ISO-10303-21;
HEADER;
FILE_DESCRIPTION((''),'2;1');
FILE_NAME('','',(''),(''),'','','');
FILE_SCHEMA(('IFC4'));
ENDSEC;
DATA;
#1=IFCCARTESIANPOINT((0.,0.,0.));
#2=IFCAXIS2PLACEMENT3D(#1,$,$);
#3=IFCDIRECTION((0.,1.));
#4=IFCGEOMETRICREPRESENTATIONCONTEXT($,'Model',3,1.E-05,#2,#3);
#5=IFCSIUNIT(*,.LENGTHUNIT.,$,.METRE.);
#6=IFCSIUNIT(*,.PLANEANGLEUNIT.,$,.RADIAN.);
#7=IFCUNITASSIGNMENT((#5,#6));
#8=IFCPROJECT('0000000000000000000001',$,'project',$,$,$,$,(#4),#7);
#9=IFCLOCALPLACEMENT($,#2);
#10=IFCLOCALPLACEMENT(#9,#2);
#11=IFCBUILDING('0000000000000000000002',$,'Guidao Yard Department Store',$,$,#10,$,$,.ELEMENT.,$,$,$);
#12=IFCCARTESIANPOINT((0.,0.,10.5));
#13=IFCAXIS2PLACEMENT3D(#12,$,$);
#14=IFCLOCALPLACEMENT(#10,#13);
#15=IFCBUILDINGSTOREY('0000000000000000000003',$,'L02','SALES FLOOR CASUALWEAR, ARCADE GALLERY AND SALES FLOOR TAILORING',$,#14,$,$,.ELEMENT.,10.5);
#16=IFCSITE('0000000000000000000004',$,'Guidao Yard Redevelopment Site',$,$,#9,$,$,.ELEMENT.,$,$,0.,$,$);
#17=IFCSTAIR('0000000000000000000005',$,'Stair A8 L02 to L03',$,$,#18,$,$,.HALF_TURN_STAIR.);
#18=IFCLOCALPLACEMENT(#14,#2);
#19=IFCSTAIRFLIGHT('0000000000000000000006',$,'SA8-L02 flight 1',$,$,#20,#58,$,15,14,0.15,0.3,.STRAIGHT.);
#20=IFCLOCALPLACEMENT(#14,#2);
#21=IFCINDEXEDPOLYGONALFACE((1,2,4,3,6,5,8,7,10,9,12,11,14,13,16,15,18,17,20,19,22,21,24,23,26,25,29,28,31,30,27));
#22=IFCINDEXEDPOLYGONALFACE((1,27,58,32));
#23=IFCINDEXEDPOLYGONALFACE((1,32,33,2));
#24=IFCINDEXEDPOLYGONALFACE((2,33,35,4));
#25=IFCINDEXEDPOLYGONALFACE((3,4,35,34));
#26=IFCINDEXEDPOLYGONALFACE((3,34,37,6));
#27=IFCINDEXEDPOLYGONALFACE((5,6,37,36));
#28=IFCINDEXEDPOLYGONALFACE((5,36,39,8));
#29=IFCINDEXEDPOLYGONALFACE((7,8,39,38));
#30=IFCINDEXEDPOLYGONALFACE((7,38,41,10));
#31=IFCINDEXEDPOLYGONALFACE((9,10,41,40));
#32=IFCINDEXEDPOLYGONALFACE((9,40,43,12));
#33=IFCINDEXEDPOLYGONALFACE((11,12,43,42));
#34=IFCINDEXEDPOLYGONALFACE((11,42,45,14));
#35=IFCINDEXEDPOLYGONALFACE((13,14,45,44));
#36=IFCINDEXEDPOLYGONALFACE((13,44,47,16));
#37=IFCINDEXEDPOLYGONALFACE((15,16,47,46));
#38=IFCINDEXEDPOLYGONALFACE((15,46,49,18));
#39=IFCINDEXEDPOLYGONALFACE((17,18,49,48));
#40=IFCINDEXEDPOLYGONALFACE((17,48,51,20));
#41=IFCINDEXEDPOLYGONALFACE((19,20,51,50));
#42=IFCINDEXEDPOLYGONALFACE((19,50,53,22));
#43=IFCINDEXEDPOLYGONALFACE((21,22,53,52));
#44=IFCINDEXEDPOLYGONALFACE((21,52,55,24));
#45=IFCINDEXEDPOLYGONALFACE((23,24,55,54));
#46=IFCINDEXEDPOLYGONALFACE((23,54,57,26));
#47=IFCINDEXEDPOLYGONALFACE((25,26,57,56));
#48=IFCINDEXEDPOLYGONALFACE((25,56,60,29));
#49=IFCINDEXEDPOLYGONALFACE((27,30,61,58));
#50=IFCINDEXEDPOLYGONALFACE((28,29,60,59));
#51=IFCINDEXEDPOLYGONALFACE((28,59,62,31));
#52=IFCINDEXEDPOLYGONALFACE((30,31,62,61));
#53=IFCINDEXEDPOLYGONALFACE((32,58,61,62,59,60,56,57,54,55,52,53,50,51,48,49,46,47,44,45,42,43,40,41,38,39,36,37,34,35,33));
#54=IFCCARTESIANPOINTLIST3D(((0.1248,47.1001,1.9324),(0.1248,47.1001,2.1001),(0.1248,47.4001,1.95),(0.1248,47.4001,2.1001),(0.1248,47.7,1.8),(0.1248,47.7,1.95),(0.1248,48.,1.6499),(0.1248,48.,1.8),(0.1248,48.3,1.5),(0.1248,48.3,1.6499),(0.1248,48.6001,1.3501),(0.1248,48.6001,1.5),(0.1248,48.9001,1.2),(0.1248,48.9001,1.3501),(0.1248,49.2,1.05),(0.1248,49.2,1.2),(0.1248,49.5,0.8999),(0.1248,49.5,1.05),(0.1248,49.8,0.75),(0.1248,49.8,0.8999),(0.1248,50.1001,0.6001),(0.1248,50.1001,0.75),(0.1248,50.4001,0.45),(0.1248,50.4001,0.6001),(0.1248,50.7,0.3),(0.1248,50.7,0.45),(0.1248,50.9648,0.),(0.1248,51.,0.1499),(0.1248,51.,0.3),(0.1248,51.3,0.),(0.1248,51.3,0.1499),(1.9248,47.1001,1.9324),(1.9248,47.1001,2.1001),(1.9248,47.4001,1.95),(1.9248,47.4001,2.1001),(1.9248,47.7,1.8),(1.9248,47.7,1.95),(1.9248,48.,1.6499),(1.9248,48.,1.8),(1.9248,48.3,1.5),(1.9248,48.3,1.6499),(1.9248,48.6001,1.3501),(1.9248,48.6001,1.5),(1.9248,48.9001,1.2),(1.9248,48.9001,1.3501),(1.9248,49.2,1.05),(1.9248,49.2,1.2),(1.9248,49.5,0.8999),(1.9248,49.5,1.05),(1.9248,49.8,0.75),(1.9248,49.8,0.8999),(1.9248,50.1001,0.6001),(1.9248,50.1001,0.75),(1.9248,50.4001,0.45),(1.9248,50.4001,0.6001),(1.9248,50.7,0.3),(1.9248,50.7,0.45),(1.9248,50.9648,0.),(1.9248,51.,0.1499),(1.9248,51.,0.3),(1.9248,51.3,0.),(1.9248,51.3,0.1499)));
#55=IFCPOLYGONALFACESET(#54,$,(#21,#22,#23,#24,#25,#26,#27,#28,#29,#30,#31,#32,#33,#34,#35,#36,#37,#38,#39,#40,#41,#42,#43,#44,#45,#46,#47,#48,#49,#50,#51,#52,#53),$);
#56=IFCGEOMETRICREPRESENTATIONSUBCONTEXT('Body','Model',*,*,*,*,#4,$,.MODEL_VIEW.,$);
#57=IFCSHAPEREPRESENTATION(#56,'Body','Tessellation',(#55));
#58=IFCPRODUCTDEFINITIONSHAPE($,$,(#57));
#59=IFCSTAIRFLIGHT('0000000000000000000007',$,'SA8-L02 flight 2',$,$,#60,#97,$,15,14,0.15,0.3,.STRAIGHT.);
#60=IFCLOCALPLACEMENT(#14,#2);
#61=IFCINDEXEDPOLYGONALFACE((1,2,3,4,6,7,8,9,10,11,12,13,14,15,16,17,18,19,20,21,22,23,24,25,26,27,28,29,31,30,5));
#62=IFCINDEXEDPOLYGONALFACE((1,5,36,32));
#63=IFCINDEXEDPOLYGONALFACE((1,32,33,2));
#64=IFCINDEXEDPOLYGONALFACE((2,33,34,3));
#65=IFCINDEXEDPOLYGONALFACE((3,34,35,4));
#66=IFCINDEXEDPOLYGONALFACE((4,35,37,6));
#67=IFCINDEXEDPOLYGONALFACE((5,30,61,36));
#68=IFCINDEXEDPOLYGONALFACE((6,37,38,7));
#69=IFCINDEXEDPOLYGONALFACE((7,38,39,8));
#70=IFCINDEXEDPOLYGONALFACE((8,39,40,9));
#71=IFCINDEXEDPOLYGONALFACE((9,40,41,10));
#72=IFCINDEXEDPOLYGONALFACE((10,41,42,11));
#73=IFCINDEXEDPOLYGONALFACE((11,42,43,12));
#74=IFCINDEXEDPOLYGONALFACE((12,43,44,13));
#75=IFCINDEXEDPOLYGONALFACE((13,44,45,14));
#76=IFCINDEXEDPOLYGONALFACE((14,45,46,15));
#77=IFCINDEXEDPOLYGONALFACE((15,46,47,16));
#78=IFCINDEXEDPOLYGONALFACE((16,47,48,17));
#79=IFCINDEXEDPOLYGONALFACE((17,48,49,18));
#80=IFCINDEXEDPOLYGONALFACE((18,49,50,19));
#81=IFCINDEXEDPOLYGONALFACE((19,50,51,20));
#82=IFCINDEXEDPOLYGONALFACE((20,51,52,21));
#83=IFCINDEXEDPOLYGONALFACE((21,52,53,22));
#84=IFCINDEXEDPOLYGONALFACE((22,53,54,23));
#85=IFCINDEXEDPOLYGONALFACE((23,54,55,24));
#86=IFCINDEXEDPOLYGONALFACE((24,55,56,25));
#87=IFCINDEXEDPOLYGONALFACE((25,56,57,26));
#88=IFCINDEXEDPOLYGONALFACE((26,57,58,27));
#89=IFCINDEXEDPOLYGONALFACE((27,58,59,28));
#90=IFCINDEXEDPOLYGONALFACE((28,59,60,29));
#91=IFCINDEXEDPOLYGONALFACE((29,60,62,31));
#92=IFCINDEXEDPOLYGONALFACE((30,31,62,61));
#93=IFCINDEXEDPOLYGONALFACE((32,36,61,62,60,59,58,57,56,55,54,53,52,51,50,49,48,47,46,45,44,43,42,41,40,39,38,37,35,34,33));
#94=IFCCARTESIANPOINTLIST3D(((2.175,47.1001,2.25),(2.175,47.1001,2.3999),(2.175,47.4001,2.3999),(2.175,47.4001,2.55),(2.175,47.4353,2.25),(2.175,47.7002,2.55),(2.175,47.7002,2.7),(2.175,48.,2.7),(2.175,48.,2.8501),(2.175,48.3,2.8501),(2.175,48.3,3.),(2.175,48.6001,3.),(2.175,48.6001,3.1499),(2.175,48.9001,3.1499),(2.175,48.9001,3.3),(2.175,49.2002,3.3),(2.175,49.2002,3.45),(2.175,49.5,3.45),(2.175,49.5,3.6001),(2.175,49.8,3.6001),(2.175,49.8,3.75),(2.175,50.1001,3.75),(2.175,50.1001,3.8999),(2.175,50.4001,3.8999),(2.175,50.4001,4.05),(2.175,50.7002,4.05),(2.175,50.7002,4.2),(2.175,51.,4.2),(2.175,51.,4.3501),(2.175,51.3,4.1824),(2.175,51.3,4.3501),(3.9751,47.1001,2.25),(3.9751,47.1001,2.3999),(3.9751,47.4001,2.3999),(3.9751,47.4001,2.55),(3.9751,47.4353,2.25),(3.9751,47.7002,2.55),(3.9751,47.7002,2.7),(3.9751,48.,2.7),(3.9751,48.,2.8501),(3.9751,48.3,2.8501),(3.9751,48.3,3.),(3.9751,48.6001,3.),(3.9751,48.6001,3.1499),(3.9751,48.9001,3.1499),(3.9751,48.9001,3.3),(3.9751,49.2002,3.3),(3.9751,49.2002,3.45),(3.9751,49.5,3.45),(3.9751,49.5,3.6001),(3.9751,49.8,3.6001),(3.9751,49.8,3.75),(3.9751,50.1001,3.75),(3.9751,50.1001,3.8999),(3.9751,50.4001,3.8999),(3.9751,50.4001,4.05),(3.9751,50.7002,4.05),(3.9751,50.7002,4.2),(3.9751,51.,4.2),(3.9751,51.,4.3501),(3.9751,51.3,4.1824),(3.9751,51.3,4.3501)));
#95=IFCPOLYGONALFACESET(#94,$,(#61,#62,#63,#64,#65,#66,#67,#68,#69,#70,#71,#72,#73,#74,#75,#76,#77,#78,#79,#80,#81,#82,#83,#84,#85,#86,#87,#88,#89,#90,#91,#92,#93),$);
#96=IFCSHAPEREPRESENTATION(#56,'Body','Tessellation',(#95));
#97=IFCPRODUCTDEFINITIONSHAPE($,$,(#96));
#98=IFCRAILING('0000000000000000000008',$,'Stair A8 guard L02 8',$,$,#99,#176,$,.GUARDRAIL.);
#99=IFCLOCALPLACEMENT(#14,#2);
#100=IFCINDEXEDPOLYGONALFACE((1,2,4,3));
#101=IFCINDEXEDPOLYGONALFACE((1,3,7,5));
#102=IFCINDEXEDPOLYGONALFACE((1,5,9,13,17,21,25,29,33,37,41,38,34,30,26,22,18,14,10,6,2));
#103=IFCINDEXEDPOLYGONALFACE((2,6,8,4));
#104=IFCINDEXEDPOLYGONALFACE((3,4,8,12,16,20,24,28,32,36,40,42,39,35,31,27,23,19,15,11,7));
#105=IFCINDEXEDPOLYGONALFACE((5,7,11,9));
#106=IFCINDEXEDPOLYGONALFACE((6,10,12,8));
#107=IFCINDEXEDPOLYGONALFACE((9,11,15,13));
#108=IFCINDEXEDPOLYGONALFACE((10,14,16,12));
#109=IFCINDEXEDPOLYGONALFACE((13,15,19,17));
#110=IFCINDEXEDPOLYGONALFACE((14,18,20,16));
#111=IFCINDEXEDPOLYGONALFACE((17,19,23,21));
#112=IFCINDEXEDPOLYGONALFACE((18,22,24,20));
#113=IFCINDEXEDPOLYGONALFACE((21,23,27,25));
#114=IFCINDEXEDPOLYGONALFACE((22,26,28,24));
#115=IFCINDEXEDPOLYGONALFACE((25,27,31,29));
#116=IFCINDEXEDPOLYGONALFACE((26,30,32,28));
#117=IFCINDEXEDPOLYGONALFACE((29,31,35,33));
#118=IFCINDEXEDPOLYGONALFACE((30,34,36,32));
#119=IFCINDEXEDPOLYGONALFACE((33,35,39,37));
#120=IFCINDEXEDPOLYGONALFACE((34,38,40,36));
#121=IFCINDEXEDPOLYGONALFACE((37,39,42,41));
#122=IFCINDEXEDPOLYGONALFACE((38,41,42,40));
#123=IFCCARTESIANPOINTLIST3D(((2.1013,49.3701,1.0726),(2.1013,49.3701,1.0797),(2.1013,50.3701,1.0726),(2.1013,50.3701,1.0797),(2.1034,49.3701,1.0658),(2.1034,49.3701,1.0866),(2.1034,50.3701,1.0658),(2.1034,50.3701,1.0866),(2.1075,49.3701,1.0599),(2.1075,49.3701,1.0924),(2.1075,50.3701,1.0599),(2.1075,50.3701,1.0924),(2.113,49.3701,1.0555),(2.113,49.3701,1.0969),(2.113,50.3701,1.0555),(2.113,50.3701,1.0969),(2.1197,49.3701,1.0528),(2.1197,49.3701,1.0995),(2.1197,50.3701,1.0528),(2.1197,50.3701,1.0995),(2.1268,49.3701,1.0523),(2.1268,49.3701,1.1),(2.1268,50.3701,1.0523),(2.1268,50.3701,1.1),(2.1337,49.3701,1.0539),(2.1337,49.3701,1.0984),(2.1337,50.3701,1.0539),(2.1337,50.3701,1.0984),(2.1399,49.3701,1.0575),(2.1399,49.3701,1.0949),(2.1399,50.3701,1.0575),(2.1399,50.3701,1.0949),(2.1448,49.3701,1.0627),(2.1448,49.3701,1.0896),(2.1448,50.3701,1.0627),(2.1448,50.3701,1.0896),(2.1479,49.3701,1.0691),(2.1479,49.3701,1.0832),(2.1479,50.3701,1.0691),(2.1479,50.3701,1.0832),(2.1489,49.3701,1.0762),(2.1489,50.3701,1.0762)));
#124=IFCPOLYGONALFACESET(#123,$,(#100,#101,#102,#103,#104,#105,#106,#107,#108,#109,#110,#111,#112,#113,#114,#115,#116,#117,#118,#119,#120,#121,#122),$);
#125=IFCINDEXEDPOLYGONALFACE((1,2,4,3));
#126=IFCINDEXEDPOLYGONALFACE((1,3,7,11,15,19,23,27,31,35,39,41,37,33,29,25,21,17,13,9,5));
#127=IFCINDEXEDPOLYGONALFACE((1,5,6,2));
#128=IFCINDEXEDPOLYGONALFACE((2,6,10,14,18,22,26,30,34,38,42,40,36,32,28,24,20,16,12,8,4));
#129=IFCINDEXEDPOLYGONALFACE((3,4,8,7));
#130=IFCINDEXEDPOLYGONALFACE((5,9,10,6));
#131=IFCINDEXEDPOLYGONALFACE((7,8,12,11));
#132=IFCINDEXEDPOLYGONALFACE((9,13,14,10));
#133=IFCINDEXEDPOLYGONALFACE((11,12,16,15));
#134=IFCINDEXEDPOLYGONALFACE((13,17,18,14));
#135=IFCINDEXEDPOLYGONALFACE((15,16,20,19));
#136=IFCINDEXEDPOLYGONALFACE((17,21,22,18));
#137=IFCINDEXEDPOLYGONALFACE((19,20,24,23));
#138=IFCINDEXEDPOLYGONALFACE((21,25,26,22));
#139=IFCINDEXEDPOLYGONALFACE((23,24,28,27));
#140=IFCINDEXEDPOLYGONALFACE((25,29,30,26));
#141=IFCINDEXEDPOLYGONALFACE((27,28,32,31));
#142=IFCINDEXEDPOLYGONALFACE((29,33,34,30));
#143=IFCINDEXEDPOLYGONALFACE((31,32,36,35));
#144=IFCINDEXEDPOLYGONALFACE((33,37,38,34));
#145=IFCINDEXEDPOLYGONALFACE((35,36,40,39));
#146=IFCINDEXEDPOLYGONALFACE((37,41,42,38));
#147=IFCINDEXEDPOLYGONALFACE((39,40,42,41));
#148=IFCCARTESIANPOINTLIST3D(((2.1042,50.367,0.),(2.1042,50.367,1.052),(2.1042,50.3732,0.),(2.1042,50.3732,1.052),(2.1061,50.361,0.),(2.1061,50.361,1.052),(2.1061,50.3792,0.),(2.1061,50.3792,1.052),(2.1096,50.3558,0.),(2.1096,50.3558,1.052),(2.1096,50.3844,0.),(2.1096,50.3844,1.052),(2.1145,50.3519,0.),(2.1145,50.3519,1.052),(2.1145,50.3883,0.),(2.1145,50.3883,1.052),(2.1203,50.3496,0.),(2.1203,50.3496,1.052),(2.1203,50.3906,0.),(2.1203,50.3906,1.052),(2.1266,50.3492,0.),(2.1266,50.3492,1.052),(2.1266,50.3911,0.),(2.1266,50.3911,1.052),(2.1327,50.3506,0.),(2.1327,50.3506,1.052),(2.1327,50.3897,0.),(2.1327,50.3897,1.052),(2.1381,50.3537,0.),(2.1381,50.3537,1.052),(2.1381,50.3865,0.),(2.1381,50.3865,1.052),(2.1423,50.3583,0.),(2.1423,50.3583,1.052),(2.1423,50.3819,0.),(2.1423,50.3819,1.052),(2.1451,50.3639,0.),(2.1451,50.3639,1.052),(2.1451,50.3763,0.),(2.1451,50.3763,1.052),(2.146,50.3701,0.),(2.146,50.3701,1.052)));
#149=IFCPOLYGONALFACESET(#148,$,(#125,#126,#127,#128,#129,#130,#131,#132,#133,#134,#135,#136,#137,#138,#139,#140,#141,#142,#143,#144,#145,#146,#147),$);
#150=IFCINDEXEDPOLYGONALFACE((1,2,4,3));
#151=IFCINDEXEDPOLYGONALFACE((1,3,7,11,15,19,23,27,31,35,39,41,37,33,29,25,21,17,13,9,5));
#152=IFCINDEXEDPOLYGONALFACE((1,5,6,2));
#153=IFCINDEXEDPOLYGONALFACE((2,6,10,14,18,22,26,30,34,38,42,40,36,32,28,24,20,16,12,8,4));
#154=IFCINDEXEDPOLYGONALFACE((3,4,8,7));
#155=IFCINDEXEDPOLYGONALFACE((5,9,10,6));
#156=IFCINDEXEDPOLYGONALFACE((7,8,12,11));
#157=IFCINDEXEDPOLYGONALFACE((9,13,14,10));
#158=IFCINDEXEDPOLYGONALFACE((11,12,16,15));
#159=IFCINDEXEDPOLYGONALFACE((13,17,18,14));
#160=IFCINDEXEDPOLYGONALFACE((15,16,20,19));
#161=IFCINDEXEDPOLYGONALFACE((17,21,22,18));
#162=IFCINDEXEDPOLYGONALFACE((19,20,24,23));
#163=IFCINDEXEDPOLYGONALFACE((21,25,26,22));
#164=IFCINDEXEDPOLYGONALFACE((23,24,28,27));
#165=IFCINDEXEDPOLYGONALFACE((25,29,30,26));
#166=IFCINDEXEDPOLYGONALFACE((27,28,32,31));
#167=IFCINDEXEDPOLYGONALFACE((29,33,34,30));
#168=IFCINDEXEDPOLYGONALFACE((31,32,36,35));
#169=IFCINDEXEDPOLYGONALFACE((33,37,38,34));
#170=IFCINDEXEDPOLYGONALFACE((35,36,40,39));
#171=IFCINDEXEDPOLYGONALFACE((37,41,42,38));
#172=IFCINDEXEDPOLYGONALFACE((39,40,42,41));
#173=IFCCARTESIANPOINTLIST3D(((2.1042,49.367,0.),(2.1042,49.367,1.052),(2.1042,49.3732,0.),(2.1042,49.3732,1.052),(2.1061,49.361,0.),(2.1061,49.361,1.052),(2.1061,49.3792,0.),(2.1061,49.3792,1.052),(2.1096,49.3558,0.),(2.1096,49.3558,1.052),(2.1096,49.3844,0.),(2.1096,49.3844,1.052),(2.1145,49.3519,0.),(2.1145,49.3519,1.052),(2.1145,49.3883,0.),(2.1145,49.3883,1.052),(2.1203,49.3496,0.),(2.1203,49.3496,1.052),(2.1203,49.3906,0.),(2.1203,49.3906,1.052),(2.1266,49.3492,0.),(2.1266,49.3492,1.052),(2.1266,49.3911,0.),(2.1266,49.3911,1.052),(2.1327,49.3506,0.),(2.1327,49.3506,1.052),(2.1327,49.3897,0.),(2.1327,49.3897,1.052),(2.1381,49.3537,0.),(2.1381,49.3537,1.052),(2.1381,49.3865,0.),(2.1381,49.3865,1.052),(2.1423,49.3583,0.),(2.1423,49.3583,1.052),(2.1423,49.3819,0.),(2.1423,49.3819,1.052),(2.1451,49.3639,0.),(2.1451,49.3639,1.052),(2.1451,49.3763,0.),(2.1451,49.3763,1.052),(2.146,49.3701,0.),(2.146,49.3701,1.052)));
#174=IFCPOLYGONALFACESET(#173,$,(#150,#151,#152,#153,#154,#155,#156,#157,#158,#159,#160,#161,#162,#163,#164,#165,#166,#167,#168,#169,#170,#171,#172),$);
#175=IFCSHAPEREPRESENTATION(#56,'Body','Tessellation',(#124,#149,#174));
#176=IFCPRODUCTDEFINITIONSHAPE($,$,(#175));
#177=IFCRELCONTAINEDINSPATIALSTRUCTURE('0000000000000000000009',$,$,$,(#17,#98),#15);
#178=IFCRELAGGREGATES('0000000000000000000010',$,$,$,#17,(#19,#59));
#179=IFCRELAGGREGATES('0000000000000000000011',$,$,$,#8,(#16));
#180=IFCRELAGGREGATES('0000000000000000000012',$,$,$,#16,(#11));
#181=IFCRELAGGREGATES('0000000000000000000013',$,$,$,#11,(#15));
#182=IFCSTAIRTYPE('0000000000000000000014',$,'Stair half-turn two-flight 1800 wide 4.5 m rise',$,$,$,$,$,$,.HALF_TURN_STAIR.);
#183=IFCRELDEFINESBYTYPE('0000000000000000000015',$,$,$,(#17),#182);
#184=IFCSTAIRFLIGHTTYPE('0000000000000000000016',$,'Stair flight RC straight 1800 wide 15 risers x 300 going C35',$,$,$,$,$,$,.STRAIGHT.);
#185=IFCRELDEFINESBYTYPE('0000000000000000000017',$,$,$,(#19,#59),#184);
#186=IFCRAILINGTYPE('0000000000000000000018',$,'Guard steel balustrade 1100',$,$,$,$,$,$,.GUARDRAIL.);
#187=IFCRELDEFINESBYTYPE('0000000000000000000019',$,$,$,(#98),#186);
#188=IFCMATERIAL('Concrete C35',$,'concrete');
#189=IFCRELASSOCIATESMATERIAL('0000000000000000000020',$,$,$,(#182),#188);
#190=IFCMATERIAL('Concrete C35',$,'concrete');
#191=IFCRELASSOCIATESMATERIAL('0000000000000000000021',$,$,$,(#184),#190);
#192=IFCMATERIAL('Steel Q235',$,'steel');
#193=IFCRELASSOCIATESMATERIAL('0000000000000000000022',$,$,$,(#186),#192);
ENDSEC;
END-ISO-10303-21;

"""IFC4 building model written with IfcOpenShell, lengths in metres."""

from ifc_helpers import new_model, si_unit, direction, frame, origin, origin_2d, place, context, subcontext, project, spatial, polyline, circle, outline, extrude, material, type_object, element, aggregate, save


model = new_model("IFC4")

# Units and contexts
model_context = context("Model", 3, precision=1e-05, world=origin(), true_north=direction((0.0, 1.0)))
body_context = subcontext(model_context, "Body", "Model", "MODEL_VIEW")
ifc_project = project(units=[si_unit("LENGTHUNIT", "METRE"), si_unit("PLANEANGLEUNIT", "RADIAN")], contexts=[model_context])

# Site, building, storey
site_placement = place(None, origin())
site = spatial("IfcSite", under=ifc_project, at=site_placement, Name="Guidao Yard Redevelopment Site", CompositionType="ELEMENT", RefElevation=0.0)
building_placement = place(site_placement, origin())
building = spatial("IfcBuilding", under=site, at=building_placement, Name="Guidao Yard Department Store", CompositionType="ELEMENT")
storey_placement = place(building_placement, frame((0.0, 0.0, 10.5)))
storey = spatial("IfcBuildingStorey", under=building, at=storey_placement, Name="L02", Description="SALES FLOOR CASUALWEAR, ARCADE GALLERY AND SALES FLOOR TAILORING", CompositionType="ELEMENT", Elevation=10.5)

# Stair, stair flights
ifc_material_1 = material(Name="Concrete C35", Category="concrete")
stair_type = type_object("IfcStairType", Name="Stair half-turn two-flight 1800 wide 4.5 m rise", PredefinedType="HALF_TURN_STAIR", material=ifc_material_1)
stair_placement = place(storey_placement, origin())
stair = element("IfcStair", 1, at=stair_placement, inside=storey, type_object=stair_type, Name="Stair A8 L02 to L03", PredefinedType="HALF_TURN_STAIR")
ifc_material_2 = material(Name="Concrete C35", Category="concrete")
stair_flight_type = type_object("IfcStairFlightType", Name="Stair flight RC straight 1800 wide 15 risers x 300 going C35", PredefinedType="STRAIGHT", material=ifc_material_2)
stair_flight_1_placement = place(storey_placement, frame((1.0249, 51.3, 0.0), z_axis=(0.0, 0.0, 1.0), x_axis=(0.0, -1.0, 0.0)))
stair_flight_1 = element("IfcStairFlight", 2, at=stair_flight_1_placement, type_object=stair_flight_type, Name="SA8-L02 flight 1", NumberOfRisers=15, NumberOfTreads=14, PredefinedType="STRAIGHT", RiserHeight=0.15, TreadLength=0.3, context=body_context, shape_type="SweptSolid", body=[
    extrude(outline(polyline([(0.0, 0.0), (0.0, 0.1499), (0.3, 0.1499), (0.3, 0.3), (0.6001, 0.3), (0.6001, 0.45), (0.8999, 0.45), (0.8999, 0.6001), (1.2, 0.6001), (1.2, 0.75), (1.5, 0.75), (1.5, 0.8999), (1.8, 0.8999), (1.8, 1.05), (2.1001, 1.05), (2.1001, 1.2), (2.3999, 1.2), (2.3999, 1.3501), (2.7, 1.3501), (2.7, 1.5), (3.0, 1.5), (3.0, 1.6499), (3.3, 1.6499), (3.3, 1.8), (3.6001, 1.8), (3.6001, 1.95), (3.8999, 1.95), (3.8999, 2.1001), (4.2, 2.1001), (4.2, 2.25), (4.2, 1.9324), (0.3352, 0.0), (0.0, 0.0)])), frame((0.0, 0.8999, 0.0), z_axis=(0.0, -1.0, 0.0), x_axis=(1.0, 0.0, 0.0)), (0.0, 0.0, 1.0), 1.8),
])
stair_flight_2_placement = place(storey_placement, frame((3.075, 47.1001, 2.25), z_axis=(0.0, 0.0, 1.0), x_axis=(0.0, 1.0, 0.0)))
stair_flight_2 = element("IfcStairFlight", 3, at=stair_flight_2_placement, type_object=stair_flight_type, Name="SA8-L02 flight 2", NumberOfRisers=15, NumberOfTreads=14, PredefinedType="STRAIGHT", RiserHeight=0.15, TreadLength=0.3, context=body_context, shape_type="SweptSolid", body=[
    extrude(outline(polyline([(0.0, 0.0), (0.0, 0.1499), (0.3, 0.1499), (0.3, 0.3), (0.6001, 0.3), (0.6001, 0.45), (0.8999, 0.45), (0.8999, 0.6001), (1.2, 0.6001), (1.2, 0.75), (1.5, 0.75), (1.5, 0.8999), (1.8, 0.8999), (1.8, 1.05), (2.1001, 1.05), (2.1001, 1.2), (2.3999, 1.2), (2.3999, 1.3501), (2.7, 1.3501), (2.7, 1.5), (3.0, 1.5), (3.0, 1.6499), (3.3, 1.6499), (3.3, 1.8), (3.6001, 1.8), (3.6001, 1.95), (3.8999, 1.95), (3.8999, 2.1001), (4.2, 2.1001), (4.2, 2.25), (4.2, 1.9324), (0.3352, 0.0), (0.0, 0.0)])), frame((0.0, 0.8999, 0.0), z_axis=(0.0, -1.0, 0.0), x_axis=(1.0, 0.0, 0.0)), (0.0, 0.0, 1.0), 1.8),
])
aggregate(stair, [stair_flight_1, stair_flight_2])

# Railing
ifc_material_3 = material(Name="Steel Q235", Category="steel")
railing_type_1 = type_object("IfcRailingType", Name="Guard steel balustrade 1100", PredefinedType="GUARDRAIL", material=ifc_material_3)
railing_placement = place(storey_placement, frame((2.125, 50.3701, 0.0)))
element("IfcRailing", 4, at=railing_placement, inside=storey, type_object=railing_type_1, Name="Stair A8 guard L02 8", PredefinedType="GUARDRAIL", context=body_context, shape_type="SweptSolid", body=[
    extrude(circle(Radius=0.0239, at=origin_2d()), frame((0.0, 0.0, 1.0762), z_axis=(0.0, -1.0, 0.0), x_axis=(1.0, 0.0, 0.0)), (0.0, 0.0, 1.0), 1.0),
    extrude(circle(Radius=0.021, at=origin_2d()), origin(), (0.0, 0.0, 1.0), 1.052),
    extrude(circle(Radius=0.021, at=origin_2d()), frame((0.0, -1.0, 0.0)), (0.0, 0.0, 1.0), 1.052),
])

save(model, "model.ifc")
